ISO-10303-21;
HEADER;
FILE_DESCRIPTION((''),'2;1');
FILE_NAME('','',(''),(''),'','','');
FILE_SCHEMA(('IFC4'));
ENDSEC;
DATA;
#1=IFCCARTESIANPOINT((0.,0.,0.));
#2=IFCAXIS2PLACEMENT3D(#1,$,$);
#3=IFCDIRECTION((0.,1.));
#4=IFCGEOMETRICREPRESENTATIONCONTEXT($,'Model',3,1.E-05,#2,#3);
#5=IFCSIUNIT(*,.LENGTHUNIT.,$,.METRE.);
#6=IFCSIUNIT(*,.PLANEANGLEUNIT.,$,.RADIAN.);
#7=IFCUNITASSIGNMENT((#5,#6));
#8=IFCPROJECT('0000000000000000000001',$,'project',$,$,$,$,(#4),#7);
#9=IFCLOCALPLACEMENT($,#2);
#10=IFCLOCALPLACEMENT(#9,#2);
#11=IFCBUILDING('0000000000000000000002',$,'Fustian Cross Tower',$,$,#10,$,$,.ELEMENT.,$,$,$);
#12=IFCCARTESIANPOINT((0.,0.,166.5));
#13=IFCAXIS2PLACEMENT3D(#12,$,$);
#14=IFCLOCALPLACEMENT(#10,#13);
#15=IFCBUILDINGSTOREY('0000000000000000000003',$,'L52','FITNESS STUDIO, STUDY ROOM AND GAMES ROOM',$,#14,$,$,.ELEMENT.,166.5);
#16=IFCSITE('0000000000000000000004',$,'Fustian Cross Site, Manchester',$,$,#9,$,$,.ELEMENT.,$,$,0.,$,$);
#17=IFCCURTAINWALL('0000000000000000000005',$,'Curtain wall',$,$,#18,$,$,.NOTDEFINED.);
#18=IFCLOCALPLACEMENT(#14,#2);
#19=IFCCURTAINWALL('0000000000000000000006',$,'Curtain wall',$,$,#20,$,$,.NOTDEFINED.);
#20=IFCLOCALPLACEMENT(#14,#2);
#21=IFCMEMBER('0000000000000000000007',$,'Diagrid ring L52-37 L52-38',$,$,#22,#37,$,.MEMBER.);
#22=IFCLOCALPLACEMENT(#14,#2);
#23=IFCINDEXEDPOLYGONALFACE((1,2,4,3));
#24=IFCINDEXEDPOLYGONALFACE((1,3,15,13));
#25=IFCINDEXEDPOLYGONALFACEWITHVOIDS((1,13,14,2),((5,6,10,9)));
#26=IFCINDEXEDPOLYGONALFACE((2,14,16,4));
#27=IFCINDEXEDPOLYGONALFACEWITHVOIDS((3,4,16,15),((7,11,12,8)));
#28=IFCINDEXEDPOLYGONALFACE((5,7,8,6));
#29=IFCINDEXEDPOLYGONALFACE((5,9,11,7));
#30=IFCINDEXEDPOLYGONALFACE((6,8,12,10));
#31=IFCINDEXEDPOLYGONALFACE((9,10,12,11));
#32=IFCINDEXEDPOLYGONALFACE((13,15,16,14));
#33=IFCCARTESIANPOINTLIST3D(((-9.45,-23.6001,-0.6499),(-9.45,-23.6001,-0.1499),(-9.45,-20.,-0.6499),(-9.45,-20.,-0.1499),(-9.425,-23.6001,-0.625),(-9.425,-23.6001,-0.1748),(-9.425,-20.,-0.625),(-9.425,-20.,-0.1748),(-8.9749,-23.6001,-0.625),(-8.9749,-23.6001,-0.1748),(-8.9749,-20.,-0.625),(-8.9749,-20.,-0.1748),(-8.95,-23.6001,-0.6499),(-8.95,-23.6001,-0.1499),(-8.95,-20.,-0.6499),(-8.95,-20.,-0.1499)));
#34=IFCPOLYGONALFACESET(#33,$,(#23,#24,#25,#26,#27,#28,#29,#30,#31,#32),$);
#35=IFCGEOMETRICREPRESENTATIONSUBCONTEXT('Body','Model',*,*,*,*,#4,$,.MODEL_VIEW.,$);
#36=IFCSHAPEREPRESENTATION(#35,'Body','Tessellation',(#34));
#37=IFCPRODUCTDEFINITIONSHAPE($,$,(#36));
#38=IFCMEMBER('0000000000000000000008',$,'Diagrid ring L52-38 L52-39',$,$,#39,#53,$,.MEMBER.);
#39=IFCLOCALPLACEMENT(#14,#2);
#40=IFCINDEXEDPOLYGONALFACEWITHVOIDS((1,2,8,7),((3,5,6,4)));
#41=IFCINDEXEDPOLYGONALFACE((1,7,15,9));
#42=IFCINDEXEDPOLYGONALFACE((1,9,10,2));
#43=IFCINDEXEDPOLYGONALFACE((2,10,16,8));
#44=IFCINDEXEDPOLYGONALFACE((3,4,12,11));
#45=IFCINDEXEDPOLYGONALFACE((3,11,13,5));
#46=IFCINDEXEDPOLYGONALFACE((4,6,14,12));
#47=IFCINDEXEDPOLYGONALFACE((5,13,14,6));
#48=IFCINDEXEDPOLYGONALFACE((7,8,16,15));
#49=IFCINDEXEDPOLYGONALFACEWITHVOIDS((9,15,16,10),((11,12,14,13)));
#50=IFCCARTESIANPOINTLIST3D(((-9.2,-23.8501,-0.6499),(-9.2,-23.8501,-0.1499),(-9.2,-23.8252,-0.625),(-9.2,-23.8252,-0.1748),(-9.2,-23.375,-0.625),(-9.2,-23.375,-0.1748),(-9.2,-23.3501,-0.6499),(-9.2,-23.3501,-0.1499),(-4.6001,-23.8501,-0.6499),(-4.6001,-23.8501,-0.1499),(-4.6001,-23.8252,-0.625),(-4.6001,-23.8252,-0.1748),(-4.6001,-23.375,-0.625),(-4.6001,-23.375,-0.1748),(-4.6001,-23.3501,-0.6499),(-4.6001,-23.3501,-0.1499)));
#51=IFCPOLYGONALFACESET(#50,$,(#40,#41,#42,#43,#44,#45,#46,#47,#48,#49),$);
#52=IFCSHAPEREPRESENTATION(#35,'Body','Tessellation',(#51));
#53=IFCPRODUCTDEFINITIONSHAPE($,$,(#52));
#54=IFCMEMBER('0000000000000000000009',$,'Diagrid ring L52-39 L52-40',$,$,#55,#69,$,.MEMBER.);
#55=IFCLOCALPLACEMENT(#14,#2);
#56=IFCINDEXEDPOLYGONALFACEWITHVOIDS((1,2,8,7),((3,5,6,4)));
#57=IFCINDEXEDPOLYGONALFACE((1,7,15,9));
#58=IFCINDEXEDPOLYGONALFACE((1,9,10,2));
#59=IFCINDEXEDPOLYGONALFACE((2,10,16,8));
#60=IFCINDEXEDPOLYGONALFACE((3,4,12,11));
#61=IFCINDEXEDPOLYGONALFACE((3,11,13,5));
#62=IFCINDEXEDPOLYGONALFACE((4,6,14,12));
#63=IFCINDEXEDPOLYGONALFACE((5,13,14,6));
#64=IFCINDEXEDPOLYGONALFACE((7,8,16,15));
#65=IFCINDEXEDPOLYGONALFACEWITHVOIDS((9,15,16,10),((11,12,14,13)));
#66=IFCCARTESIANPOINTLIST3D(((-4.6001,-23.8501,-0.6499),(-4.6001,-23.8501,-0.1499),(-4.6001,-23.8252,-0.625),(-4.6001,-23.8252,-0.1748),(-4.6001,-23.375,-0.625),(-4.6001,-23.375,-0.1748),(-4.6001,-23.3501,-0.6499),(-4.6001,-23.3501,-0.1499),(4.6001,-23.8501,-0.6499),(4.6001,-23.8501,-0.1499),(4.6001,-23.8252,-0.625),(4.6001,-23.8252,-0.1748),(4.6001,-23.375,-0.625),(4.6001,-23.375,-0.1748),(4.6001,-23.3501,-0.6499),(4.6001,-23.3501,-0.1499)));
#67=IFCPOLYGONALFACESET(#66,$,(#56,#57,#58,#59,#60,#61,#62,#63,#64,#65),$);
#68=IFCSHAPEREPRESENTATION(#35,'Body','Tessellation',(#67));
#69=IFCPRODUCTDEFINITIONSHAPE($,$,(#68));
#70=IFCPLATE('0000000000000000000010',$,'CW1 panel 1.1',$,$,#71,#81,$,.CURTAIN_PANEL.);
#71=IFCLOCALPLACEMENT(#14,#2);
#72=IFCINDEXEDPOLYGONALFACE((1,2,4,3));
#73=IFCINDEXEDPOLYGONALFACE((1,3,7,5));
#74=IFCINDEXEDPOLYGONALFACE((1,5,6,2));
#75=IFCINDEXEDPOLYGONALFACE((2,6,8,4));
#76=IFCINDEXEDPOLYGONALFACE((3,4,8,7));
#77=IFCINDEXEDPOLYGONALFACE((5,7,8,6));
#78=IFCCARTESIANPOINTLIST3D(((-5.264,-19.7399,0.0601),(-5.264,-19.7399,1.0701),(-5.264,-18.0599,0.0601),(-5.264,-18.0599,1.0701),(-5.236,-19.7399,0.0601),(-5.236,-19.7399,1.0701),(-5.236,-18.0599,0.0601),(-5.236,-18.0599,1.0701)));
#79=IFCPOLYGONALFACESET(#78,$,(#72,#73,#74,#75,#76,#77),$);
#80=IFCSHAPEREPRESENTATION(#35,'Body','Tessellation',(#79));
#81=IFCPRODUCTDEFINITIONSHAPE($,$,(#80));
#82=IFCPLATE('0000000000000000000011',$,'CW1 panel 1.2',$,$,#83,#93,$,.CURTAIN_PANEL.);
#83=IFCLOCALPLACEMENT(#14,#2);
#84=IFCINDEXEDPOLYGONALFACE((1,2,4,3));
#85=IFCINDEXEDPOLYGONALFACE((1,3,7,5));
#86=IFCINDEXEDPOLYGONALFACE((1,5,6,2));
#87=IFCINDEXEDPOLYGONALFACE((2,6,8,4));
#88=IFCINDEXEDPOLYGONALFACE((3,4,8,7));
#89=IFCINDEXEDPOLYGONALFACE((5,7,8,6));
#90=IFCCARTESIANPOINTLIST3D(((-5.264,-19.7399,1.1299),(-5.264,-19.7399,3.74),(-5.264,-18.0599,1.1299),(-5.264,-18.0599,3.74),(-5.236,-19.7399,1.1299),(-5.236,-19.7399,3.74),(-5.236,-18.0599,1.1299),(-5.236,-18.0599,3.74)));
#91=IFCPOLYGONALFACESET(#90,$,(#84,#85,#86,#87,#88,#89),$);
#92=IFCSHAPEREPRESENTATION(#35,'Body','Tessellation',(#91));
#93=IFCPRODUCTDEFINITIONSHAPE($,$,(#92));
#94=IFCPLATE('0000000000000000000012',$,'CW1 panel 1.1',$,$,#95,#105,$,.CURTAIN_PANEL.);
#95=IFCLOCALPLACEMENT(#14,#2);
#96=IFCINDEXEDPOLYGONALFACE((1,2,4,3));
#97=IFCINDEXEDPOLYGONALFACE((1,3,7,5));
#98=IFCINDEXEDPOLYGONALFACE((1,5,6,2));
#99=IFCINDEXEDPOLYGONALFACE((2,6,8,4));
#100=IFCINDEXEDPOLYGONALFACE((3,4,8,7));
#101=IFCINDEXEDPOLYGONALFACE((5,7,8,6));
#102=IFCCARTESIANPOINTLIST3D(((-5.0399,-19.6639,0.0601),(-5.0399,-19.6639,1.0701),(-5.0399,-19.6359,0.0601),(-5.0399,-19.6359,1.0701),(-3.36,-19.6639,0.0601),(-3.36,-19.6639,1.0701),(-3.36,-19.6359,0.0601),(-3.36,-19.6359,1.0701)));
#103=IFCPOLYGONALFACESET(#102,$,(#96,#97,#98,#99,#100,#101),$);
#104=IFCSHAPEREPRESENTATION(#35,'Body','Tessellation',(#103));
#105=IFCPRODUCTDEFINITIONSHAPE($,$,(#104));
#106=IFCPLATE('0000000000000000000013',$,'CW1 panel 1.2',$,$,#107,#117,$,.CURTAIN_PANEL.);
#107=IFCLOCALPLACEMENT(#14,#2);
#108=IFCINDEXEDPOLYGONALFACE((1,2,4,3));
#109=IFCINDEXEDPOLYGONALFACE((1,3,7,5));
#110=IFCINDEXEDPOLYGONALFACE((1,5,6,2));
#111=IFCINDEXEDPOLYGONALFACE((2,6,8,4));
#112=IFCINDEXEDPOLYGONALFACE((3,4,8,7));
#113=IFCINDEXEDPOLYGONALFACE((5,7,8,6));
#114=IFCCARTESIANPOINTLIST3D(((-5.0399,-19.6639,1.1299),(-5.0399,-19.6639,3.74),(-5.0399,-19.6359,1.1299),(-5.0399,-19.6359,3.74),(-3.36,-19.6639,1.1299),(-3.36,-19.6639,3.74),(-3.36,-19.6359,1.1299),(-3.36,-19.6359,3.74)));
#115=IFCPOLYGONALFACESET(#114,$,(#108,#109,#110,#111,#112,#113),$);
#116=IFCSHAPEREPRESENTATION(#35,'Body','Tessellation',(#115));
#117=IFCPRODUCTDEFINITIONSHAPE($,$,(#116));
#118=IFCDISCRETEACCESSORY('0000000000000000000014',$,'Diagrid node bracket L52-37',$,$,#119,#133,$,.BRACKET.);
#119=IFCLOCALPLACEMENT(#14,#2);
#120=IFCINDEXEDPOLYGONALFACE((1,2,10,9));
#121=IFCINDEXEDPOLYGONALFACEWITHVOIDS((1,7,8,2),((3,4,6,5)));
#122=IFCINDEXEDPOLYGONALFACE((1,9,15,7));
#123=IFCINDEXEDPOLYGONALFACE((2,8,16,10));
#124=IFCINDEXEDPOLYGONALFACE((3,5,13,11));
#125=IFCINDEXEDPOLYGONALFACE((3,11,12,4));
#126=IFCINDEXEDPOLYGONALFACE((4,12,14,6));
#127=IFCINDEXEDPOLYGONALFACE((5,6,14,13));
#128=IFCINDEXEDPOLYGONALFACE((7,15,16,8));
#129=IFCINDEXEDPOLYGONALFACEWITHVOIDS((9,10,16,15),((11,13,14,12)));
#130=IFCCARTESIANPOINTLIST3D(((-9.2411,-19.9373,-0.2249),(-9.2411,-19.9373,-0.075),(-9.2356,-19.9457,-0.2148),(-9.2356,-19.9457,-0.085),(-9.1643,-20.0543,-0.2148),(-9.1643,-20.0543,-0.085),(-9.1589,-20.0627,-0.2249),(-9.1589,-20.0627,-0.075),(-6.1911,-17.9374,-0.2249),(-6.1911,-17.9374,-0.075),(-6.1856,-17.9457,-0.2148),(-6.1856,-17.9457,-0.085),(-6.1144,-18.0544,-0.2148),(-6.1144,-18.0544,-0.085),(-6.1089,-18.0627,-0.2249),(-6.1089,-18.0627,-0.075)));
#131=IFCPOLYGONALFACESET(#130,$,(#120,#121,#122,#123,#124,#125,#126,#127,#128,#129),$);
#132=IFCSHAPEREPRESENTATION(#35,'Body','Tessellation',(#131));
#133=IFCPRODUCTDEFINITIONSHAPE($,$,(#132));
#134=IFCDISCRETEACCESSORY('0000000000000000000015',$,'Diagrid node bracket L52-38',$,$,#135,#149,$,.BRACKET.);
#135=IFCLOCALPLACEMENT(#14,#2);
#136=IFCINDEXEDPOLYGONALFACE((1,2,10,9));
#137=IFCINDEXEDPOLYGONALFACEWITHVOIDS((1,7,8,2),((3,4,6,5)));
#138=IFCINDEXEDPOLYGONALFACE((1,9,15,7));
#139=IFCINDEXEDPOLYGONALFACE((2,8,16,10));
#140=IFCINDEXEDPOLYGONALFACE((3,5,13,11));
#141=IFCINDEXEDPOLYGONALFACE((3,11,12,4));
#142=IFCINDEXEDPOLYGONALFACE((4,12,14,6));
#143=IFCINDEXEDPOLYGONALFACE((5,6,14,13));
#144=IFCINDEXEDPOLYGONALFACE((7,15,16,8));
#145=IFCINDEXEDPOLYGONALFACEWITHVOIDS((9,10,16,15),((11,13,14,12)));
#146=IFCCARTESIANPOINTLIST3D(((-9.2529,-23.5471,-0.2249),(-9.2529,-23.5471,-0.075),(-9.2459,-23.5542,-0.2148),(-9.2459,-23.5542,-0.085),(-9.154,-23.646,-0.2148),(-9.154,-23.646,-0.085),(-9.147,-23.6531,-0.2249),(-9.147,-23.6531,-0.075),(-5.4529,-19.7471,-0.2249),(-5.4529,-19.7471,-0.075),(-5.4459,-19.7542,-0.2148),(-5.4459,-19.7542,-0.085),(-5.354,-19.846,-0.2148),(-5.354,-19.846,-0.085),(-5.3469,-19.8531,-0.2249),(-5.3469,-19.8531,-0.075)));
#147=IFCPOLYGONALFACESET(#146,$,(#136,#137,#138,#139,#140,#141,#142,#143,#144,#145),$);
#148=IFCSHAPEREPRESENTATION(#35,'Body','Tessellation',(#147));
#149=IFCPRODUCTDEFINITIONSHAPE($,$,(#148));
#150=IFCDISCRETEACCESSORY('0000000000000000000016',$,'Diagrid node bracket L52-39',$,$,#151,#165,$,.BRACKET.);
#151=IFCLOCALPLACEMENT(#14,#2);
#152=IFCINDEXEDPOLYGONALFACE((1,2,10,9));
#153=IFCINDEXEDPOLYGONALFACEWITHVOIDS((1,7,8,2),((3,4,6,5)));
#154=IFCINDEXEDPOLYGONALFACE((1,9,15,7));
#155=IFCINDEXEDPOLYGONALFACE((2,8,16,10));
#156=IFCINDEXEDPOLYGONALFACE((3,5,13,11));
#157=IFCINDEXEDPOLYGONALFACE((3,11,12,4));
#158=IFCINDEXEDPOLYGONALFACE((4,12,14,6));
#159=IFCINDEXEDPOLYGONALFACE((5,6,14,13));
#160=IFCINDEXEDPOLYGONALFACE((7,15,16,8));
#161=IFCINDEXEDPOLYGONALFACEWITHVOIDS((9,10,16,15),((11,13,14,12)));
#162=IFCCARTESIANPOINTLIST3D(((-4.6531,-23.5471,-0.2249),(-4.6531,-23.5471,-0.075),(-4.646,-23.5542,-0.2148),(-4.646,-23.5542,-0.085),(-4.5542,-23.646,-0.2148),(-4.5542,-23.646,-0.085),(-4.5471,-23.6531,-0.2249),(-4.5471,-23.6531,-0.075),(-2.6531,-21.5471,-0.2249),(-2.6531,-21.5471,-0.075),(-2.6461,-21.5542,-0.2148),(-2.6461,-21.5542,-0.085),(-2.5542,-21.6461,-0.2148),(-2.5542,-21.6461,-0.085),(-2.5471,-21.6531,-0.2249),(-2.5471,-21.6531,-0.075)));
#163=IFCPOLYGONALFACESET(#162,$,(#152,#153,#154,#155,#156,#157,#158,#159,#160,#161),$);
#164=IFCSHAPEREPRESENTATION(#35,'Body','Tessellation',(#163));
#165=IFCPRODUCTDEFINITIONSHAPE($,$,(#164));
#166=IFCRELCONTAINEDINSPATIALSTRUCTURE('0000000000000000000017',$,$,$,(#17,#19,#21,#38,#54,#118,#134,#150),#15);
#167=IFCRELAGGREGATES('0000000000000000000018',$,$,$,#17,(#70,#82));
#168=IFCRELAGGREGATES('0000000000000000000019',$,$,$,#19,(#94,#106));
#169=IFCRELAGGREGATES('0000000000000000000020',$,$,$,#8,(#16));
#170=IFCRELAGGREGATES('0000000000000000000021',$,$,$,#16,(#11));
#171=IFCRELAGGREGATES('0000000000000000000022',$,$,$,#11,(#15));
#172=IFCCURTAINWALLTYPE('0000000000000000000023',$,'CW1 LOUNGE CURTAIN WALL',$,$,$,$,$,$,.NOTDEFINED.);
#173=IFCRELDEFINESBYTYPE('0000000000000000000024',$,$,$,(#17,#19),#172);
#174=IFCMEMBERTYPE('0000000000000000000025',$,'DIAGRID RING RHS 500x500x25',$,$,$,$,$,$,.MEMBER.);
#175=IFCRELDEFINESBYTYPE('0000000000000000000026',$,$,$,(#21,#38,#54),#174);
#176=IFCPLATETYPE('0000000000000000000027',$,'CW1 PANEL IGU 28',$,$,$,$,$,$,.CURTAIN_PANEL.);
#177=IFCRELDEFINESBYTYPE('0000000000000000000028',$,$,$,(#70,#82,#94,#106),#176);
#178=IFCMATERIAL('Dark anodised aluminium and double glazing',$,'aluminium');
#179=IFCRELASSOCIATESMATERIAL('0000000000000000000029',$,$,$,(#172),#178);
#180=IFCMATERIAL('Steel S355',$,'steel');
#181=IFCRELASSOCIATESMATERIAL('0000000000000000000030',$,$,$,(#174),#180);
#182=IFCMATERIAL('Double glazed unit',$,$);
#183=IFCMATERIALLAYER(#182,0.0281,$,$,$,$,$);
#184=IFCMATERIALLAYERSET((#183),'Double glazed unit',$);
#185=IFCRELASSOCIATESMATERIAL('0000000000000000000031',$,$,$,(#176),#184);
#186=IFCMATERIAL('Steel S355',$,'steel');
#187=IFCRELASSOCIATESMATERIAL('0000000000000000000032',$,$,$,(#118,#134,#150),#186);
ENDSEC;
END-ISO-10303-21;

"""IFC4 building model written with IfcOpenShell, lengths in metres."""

from ifc_helpers import new_model, si_unit, direction, frame, origin, origin_2d, place, context, subcontext, project, spatial, rectangle, hollow_rectangle, extrude, material, layer, layer_set, material_profile, profile_set, type_object, element, aggregate, save


model = new_model("IFC4")

# Units and contexts
model_context = context("Model", 3, precision=1e-05, world=origin(), true_north=direction((0.0, 1.0)))
body_context = subcontext(model_context, "Body", "Model", "MODEL_VIEW")
ifc_project = project(units=[si_unit("LENGTHUNIT", "METRE"), si_unit("PLANEANGLEUNIT", "RADIAN")], contexts=[model_context])

# Site, building, storey
site_placement = place(None, origin())
site = spatial("IfcSite", under=ifc_project, at=site_placement, Name="Fustian Cross Site, Manchester", CompositionType="ELEMENT", RefElevation=0.0)
building_placement = place(site_placement, origin())
building = spatial("IfcBuilding", under=site, at=building_placement, Name="Fustian Cross Tower", CompositionType="ELEMENT")
storey_placement = place(building_placement, frame((0.0, 0.0, 166.5)))
storey = spatial("IfcBuildingStorey", under=building, at=storey_placement, Name="L52", Description="FITNESS STUDIO, STUDY ROOM AND GAMES ROOM", CompositionType="ELEMENT", Elevation=166.5)

# Curtain walls
ifc_material_1 = material(Name="Dark anodised aluminium and double glazing", Category="aluminium")
curtain_wall_type = type_object("IfcCurtainWallType", Name="CW1 LOUNGE CURTAIN WALL", PredefinedType="NOTDEFINED", material=ifc_material_1)
curtain_wall_1_placement = place(storey_placement, origin())
curtain_wall_1 = element("IfcCurtainWall", 1, at=curtain_wall_1_placement, inside=storey, type_object=curtain_wall_type, Name="Curtain wall", PredefinedType="NOTDEFINED")
curtain_wall_2_placement = place(storey_placement, origin())
curtain_wall_2 = element("IfcCurtainWall", 2, at=curtain_wall_2_placement, inside=storey, type_object=curtain_wall_type, Name="Curtain wall", PredefinedType="NOTDEFINED")

# Members
ifc_material_2 = material(Name="Steel S355", Category="steel")
ifc_material_profile_1 = material_profile(ifc_material_2, hollow_rectangle(XDim=0.5, YDim=0.5, WallThickness=0.0249, at=origin_2d()), Name="RHS 500x500x25")
ifc_profile_set_1 = profile_set([ifc_material_profile_1], Name="Steel S355")
member_type_1 = type_object("IfcMemberType", Name="DIAGRID RING RHS 500x500x25", PredefinedType="MEMBER", material=ifc_profile_set_1)
member_1_placement = place(storey_placement, frame((-9.2, -20.0, -0.3999), z_axis=(0.0, -1.0, 0.0), x_axis=(1.0, 0.0, 0.0)))
element("IfcMember", 3, at=member_1_placement, inside=storey, type_object=member_type_1, Name="Diagrid ring L52-37 L52-38", PredefinedType="MEMBER", context=body_context, shape_type="SweptSolid", body=[
    extrude(hollow_rectangle(XDim=0.5, YDim=0.5, WallThickness=0.0249, at=origin_2d()), origin(), (0.0, 0.0, 1.0), 3.6001),
])
member_2_placement = place(storey_placement, frame((-9.2, -23.6001, -0.3999), z_axis=(1.0, 0.0, 0.0), x_axis=(0.0, 1.0, 0.0)))
element("IfcMember", 4, at=member_2_placement, inside=storey, type_object=member_type_1, Name="Diagrid ring L52-38 L52-39", PredefinedType="MEMBER", context=body_context, shape_type="SweptSolid", body=[
    extrude(hollow_rectangle(XDim=0.5, YDim=0.5, WallThickness=0.0249, at=origin_2d()), origin(), (0.0, 0.0, 1.0), 4.5999),
])
member_3_placement = place(storey_placement, frame((-4.6001, -23.6001, -0.3999), z_axis=(1.0, 0.0, 0.0), x_axis=(0.0, 1.0, 0.0)))
element("IfcMember", 5, at=member_3_placement, inside=storey, type_object=member_type_1, Name="Diagrid ring L52-39 L52-40", PredefinedType="MEMBER", context=body_context, shape_type="SweptSolid", body=[
    extrude(hollow_rectangle(XDim=0.5, YDim=0.5, WallThickness=0.0249, at=origin_2d()), origin(), (0.0, 0.0, 1.0), 9.2002),
])

# Plates
ifc_material_3 = material(Name="Double glazed unit")
ifc_layer = layer(ifc_material_3, 0.0281)
ifc_layer_set = layer_set([ifc_layer], Name="Double glazed unit")
plate_type = type_object("IfcPlateType", Name="CW1 PANEL IGU 28", PredefinedType="CURTAIN_PANEL", material=ifc_layer_set)
plate_1_placement = place(storey_placement, frame((-5.25, -18.8999, 0.0601), z_axis=(0.0, 0.0, 1.0), x_axis=(0.0, -1.0, 0.0)))
plate_1 = element("IfcPlate", 6, at=plate_1_placement, type_object=plate_type, Name="CW1 panel 1.1", PredefinedType="CURTAIN_PANEL", context=body_context, shape_type="SweptSolid", body=[
    extrude(rectangle(XDim=1.6799, YDim=0.0281, at=origin_2d()), origin(), (0.0, 0.0, 1.0), 1.01),
])
plate_2_placement = place(storey_placement, frame((-5.25, -18.8999, 1.1299), z_axis=(0.0, 0.0, 1.0), x_axis=(0.0, -1.0, 0.0)))
plate_2 = element("IfcPlate", 7, at=plate_2_placement, type_object=plate_type, Name="CW1 panel 1.2", PredefinedType="CURTAIN_PANEL", context=body_context, shape_type="SweptSolid", body=[
    extrude(rectangle(XDim=1.6799, YDim=0.0281, at=origin_2d()), origin(), (0.0, 0.0, 1.0), 2.6101),
])
aggregate(curtain_wall_1, [plate_1, plate_2])
plate_3_placement = place(storey_placement, frame((-4.2, -19.6499, 0.0601), z_axis=(0.0, 0.0, 1.0), x_axis=(1.0, 0.0, 0.0)))
plate_3 = element("IfcPlate", 8, at=plate_3_placement, type_object=plate_type, Name="CW1 panel 1.1", PredefinedType="CURTAIN_PANEL", context=body_context, shape_type="SweptSolid", body=[
    extrude(rectangle(XDim=1.6799, YDim=0.0281, at=origin_2d()), origin(), (0.0, 0.0, 1.0), 1.01),
])
plate_4_placement = place(storey_placement, frame((-4.2, -19.6499, 1.1299), z_axis=(0.0, 0.0, 1.0), x_axis=(1.0, 0.0, 0.0)))
plate_4 = element("IfcPlate", 9, at=plate_4_placement, type_object=plate_type, Name="CW1 panel 1.2", PredefinedType="CURTAIN_PANEL", context=body_context, shape_type="SweptSolid", body=[
    extrude(rectangle(XDim=1.6799, YDim=0.0281, at=origin_2d()), origin(), (0.0, 0.0, 1.0), 2.6101),
])
aggregate(curtain_wall_2, [plate_3, plate_4])

# Discrete accessories
ifc_material_4 = material(Name="Steel S355", Category="steel")
discrete_accessory_1_placement = place(storey_placement, frame((-9.2, -20.0, -0.1499), z_axis=(0.836248, 0.548351, 0.0), x_axis=(-0.548351, 0.836248, 0.0)))
element("IfcDiscreteAccessory", 10, at=discrete_accessory_1_placement, inside=storey, material=ifc_material_4, Name="Diagrid node bracket L52-37", PredefinedType="BRACKET", context=body_context, shape_type="SweptSolid", body=[
    extrude(hollow_rectangle(XDim=0.1499, YDim=0.1499, WallThickness=0.01, at=origin_2d()), origin(), (0.0, 0.0, 1.0), 3.6472),
])
discrete_accessory_2_placement = place(storey_placement, frame((-9.2, -23.6001, -0.1499), z_axis=(0.707107, 0.707107, 0.0), x_axis=(-0.707107, 0.707107, 0.0)))
element("IfcDiscreteAccessory", 11, at=discrete_accessory_2_placement, inside=storey, material=ifc_material_4, Name="Diagrid node bracket L52-38", PredefinedType="BRACKET", context=body_context, shape_type="SweptSolid", body=[
    extrude(hollow_rectangle(XDim=0.1499, YDim=0.1499, WallThickness=0.01, at=origin_2d()), origin(), (0.0, 0.0, 1.0), 5.374),
])
discrete_accessory_3_placement = place(storey_placement, frame((-4.6001, -23.6001, -0.1499), z_axis=(0.707107, 0.707107, 0.0), x_axis=(-0.707107, 0.707107, 0.0)))
element("IfcDiscreteAccessory", 12, at=discrete_accessory_3_placement, inside=storey, material=ifc_material_4, Name="Diagrid node bracket L52-39", PredefinedType="BRACKET", context=body_context, shape_type="SweptSolid", body=[
    extrude(hollow_rectangle(XDim=0.1499, YDim=0.1499, WallThickness=0.01, at=origin_2d()), origin(), (0.0, 0.0, 1.0), 2.8284),
])

save(model, "model.ifc")
